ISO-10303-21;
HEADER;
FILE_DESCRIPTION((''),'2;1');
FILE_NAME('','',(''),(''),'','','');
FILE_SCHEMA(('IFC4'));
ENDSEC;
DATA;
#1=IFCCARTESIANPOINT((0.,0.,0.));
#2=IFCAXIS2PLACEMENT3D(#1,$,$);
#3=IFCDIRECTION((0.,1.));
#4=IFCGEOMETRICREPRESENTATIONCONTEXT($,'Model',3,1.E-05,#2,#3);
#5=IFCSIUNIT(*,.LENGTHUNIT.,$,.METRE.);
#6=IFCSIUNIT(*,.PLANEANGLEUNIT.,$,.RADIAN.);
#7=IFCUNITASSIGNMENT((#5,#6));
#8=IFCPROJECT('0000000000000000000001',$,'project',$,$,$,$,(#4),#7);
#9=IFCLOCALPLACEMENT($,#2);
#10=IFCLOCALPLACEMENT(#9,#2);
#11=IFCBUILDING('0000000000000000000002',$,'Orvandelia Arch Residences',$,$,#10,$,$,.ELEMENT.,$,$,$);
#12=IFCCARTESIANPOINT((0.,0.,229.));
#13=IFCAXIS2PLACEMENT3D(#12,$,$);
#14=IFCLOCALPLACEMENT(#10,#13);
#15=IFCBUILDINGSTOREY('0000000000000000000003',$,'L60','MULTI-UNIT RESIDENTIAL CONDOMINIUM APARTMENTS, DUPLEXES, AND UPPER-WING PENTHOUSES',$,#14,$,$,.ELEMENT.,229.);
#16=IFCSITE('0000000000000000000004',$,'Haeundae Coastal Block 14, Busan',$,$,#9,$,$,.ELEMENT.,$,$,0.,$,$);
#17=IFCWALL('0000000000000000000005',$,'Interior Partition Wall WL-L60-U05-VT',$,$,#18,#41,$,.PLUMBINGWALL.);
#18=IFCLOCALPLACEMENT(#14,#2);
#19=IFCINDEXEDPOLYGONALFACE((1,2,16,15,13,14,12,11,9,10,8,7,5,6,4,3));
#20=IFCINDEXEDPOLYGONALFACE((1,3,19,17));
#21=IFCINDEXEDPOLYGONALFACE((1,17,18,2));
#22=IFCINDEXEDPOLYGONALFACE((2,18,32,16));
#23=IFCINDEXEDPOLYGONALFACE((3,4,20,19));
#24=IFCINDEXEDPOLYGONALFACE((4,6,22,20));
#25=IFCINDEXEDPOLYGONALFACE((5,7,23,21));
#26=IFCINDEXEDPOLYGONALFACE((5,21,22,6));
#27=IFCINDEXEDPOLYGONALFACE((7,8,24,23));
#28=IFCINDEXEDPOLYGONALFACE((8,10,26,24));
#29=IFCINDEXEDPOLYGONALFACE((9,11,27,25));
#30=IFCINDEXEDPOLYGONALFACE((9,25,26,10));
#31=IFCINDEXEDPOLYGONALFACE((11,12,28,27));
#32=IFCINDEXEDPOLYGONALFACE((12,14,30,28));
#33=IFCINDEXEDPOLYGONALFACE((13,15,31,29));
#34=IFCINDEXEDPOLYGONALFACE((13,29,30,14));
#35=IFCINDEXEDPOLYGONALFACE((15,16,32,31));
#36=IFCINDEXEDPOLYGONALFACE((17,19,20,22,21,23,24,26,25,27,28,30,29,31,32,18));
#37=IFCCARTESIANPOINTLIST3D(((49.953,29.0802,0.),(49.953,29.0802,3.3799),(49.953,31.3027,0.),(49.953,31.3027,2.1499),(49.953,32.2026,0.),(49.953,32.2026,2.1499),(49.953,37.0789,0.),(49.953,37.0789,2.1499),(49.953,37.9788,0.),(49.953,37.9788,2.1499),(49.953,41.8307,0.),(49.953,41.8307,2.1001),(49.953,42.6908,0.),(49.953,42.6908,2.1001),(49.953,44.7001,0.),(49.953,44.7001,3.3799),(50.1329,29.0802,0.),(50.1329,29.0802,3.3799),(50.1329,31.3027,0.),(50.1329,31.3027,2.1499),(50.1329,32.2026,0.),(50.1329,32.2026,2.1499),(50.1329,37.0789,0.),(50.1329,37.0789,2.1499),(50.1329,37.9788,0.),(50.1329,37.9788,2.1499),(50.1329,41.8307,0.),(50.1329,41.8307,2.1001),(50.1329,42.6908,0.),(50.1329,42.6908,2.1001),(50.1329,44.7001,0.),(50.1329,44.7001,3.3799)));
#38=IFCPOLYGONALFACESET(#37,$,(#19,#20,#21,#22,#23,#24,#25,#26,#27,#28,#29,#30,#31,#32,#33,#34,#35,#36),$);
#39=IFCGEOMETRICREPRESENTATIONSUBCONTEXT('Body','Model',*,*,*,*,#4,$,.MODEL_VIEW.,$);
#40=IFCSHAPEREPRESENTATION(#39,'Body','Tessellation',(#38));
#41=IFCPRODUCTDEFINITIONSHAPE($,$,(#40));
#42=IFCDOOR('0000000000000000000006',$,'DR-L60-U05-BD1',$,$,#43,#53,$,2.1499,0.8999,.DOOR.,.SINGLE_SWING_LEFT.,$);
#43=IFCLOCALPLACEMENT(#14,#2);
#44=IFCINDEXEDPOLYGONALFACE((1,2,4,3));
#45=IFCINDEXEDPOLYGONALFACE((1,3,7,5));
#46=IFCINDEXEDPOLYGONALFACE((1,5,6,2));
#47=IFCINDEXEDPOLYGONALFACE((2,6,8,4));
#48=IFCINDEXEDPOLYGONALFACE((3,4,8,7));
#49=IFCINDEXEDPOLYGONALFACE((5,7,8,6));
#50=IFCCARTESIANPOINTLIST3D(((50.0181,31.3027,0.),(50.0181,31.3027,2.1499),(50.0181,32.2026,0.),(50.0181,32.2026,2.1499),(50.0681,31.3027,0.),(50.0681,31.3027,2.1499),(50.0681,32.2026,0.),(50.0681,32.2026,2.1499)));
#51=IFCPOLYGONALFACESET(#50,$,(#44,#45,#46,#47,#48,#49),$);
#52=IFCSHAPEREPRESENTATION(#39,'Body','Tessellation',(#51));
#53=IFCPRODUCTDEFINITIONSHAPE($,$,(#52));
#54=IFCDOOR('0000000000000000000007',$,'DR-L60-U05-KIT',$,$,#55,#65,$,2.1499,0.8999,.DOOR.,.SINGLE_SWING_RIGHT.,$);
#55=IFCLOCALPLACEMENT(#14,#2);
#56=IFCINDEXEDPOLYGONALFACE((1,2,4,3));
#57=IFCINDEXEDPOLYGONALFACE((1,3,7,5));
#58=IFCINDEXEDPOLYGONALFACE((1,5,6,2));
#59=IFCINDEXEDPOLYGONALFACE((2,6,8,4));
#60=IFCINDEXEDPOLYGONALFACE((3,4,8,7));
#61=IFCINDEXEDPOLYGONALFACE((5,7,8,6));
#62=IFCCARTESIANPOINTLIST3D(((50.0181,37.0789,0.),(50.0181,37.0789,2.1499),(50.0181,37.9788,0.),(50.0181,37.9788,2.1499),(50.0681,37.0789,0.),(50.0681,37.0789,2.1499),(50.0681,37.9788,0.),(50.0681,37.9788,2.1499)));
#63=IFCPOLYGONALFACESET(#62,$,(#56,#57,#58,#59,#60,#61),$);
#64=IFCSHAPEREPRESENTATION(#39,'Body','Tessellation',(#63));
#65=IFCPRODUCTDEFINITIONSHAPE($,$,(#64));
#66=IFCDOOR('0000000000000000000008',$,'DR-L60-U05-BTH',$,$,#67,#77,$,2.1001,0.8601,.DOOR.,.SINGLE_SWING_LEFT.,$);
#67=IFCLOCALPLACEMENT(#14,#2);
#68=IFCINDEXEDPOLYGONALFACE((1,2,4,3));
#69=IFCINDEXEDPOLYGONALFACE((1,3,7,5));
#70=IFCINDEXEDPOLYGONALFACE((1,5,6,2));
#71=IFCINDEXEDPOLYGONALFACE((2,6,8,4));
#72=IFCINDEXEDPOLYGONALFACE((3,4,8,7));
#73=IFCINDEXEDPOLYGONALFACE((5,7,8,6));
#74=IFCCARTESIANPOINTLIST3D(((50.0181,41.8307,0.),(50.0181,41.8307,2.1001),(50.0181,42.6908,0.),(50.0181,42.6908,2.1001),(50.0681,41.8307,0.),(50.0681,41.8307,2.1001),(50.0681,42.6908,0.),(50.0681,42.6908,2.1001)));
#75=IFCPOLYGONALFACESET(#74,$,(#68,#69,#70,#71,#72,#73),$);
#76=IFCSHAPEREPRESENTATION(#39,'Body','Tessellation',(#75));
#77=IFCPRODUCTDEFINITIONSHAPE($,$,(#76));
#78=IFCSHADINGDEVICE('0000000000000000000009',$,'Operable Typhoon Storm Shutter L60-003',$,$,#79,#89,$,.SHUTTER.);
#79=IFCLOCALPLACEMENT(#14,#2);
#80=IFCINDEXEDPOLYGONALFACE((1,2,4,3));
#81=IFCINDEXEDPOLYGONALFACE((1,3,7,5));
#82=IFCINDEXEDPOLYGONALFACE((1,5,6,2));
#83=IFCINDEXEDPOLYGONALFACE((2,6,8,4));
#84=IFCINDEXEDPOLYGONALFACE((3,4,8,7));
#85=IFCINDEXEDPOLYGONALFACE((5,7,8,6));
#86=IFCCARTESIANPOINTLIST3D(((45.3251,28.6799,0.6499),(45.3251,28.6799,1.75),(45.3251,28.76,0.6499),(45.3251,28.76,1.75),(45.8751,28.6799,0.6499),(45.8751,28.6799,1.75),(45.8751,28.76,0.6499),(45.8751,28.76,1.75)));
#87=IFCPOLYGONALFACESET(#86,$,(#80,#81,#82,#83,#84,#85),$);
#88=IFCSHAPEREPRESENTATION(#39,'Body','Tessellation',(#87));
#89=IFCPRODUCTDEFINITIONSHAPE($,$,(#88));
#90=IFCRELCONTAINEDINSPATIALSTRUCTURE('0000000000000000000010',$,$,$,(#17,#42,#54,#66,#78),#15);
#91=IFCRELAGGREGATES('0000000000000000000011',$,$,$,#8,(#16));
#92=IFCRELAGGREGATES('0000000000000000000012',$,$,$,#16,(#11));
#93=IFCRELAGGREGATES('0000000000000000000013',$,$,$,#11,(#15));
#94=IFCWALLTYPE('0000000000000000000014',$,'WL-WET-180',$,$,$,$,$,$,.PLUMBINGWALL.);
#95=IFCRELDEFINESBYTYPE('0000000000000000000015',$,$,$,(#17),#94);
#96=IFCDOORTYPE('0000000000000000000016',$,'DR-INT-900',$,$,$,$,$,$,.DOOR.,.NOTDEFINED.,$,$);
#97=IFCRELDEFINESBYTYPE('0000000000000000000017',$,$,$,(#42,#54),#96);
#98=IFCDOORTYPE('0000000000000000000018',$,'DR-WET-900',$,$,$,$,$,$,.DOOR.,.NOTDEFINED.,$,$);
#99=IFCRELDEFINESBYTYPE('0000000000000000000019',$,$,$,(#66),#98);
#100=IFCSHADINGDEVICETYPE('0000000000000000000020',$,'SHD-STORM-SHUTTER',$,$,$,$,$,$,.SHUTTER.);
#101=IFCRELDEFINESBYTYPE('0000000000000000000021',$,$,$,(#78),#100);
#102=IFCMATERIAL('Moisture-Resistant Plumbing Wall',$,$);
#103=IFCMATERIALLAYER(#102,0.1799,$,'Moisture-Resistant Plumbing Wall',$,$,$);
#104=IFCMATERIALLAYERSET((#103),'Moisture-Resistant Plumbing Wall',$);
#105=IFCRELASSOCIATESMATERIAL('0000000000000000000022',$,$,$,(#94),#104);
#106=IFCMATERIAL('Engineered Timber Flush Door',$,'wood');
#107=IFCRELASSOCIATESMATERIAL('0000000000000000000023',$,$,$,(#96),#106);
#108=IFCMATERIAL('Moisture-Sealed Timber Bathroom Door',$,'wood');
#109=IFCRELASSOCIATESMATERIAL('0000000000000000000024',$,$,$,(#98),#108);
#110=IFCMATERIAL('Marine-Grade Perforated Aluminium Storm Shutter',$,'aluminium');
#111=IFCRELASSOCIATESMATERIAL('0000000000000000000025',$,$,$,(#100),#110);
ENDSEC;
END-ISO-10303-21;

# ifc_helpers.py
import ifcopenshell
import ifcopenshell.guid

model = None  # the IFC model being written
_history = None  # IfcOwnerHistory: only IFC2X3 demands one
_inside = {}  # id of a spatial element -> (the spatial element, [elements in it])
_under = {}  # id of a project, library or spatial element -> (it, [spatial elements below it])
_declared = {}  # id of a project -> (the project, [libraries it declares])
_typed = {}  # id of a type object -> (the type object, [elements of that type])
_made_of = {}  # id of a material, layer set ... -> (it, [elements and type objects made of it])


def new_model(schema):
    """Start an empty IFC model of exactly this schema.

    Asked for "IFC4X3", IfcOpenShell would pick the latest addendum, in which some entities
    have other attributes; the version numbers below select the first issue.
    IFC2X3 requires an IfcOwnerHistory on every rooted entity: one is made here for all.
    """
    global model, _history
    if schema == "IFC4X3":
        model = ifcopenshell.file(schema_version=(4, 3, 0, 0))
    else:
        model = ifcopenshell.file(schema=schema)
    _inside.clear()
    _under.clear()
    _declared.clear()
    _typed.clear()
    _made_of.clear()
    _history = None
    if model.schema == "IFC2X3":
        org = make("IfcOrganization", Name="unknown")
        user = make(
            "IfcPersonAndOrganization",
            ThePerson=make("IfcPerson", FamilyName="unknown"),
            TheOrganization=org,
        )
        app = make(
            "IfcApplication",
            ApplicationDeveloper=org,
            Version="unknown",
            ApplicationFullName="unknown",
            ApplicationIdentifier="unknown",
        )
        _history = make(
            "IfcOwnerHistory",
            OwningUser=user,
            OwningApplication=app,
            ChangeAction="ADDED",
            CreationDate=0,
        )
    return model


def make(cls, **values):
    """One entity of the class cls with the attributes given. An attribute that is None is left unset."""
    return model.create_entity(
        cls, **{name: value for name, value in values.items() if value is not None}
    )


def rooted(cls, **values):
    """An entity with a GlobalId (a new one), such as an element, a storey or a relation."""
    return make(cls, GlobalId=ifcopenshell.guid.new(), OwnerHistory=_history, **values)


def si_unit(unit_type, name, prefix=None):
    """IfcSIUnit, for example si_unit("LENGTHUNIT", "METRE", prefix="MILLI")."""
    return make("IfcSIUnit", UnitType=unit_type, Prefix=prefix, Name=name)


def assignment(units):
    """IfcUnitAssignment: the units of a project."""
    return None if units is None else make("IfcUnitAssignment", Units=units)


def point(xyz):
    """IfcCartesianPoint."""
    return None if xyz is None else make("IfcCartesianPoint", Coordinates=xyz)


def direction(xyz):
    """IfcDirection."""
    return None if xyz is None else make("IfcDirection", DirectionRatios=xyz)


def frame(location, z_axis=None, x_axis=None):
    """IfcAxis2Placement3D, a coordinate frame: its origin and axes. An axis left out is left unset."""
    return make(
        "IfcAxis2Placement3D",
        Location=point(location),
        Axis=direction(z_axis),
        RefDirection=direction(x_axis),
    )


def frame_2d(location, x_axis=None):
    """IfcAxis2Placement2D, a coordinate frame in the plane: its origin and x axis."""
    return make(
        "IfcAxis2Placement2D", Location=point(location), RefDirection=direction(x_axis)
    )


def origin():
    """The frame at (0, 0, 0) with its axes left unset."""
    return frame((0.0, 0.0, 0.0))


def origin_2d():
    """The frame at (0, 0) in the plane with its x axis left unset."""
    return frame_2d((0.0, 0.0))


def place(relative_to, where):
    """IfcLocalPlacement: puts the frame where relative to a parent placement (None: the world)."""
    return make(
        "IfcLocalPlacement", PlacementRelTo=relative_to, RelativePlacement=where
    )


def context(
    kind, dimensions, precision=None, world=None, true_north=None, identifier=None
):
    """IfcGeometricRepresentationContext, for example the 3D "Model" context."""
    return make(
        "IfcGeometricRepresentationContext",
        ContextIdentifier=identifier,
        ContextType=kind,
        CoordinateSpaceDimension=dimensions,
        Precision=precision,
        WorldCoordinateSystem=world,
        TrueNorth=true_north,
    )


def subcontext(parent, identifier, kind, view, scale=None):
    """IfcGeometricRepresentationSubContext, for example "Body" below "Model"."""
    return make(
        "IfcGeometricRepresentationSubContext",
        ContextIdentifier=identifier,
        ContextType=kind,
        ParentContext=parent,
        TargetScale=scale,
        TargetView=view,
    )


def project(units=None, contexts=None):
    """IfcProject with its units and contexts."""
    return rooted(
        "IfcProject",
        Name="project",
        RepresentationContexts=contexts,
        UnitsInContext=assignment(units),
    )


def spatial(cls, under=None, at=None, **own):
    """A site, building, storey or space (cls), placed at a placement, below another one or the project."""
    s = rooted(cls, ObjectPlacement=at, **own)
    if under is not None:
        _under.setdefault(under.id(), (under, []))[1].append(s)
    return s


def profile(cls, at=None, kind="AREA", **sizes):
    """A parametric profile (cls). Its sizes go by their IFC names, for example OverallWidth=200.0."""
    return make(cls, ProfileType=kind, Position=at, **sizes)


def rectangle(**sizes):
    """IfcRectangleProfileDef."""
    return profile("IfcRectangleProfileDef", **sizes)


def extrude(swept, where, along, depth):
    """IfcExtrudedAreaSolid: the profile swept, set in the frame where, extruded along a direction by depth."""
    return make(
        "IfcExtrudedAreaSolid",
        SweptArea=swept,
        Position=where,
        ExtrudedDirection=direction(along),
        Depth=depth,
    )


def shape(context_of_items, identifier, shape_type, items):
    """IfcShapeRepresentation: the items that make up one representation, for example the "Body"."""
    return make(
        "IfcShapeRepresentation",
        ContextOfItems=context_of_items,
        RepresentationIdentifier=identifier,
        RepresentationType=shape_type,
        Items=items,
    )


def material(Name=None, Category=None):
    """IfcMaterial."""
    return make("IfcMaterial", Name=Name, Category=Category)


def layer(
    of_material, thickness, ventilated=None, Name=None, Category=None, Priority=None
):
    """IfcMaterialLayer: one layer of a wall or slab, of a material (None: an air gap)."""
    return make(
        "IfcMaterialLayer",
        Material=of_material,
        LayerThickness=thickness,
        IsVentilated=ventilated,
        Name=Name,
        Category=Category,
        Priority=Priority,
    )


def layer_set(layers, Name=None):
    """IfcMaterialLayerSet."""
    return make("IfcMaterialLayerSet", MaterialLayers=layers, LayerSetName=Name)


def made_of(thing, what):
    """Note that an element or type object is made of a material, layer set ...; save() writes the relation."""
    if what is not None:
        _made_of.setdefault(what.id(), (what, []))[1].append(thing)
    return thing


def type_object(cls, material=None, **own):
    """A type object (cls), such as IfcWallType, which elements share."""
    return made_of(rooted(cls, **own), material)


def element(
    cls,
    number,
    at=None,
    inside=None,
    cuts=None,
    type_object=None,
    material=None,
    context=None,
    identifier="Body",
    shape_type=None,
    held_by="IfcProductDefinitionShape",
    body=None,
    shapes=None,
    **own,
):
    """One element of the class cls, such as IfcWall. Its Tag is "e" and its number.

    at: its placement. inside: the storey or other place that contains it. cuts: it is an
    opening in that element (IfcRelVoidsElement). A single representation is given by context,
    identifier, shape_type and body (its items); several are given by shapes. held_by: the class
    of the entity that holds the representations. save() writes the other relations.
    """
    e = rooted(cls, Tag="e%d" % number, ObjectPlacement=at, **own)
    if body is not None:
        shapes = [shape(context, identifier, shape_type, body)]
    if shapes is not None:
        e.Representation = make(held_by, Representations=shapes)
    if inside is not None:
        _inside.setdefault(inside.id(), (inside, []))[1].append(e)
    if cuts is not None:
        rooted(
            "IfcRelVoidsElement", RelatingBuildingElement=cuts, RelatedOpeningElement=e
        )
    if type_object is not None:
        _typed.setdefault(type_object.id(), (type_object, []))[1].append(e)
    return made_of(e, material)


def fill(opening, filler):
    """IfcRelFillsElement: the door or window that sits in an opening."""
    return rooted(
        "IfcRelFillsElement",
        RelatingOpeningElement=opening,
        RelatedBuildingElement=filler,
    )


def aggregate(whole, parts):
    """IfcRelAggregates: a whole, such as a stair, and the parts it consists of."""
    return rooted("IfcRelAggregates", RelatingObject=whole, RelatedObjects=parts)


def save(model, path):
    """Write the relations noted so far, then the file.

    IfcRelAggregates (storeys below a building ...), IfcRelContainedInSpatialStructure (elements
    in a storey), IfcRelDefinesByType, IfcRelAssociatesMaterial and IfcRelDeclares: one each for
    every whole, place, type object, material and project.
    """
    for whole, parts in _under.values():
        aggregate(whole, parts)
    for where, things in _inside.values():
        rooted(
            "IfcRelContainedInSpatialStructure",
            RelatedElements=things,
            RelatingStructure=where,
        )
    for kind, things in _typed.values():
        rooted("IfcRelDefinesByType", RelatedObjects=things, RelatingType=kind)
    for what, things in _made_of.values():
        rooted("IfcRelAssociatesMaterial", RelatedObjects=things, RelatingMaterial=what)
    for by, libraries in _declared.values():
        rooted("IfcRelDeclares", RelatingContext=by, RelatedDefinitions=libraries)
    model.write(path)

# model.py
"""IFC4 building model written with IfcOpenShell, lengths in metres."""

from ifc_helpers import new_model, si_unit, direction, frame, frame_2d, origin, origin_2d, place, context, subcontext, project, spatial, rectangle, extrude, material, layer, layer_set, type_object, element, fill, save


model = new_model("IFC4")

# Units and contexts
model_context = context("Model", 3, precision=1e-05, world=origin(), true_north=direction((0.0, 1.0)))
body_context = subcontext(model_context, "Body", "Model", "MODEL_VIEW")
ifc_project = project(units=[si_unit("LENGTHUNIT", "METRE"), si_unit("PLANEANGLEUNIT", "RADIAN")], contexts=[model_context])

# Site, building, storey
site_placement = place(None, origin())
site = spatial("IfcSite", under=ifc_project, at=site_placement, Name="Haeundae Coastal Block 14, Busan", CompositionType="ELEMENT", RefElevation=0.0)
building_placement = place(site_placement, origin())
building = spatial("IfcBuilding", under=site, at=building_placement, Name="Orvandelia Arch Residences", CompositionType="ELEMENT")
storey_placement = place(building_placement, frame((0.0, 0.0, 229.0)))
storey = spatial("IfcBuildingStorey", under=building, at=storey_placement, Name="L60", Description="MULTI-UNIT RESIDENTIAL CONDOMINIUM APARTMENTS, DUPLEXES, AND UPPER-WING PENTHOUSES", CompositionType="ELEMENT", Elevation=229.0)

# Wall, openings, doors
ifc_material_1 = material(Name="Moisture-Resistant Plumbing Wall")
ifc_layer_1 = layer(ifc_material_1, 0.1799, Name="Moisture-Resistant Plumbing Wall")
ifc_layer_set_1 = layer_set([ifc_layer_1], Name="Moisture-Resistant Plumbing Wall")
wall_type_1 = type_object("IfcWallType", Name="WL-WET-180", PredefinedType="PLUMBINGWALL", material=ifc_layer_set_1)
wall_1_placement = place(storey_placement, frame((50.043, 29.0801, 0.0), z_axis=(0.0, 0.0, 1.0), x_axis=(0.0, 1.0, 0.0)))
wall_1 = element("IfcWall", 1, at=wall_1_placement, inside=storey, type_object=wall_type_1, Name="Interior Partition Wall WL-L60-U05-VT", PredefinedType="PLUMBINGWALL", context=body_context, shape_type="SweptSolid", body=[
    extrude(rectangle(XDim=15.6199, YDim=0.1799, at=frame_2d((7.8101, 0.0))), origin(), (0.0, 0.0, 1.0), 3.3799),
])
opening_1_placement = place(wall_1_placement, frame((2.2227, 0.0, 0.0)))
opening_1 = element("IfcOpeningElement", 2, at=opening_1_placement, cuts=wall_1, PredefinedType="OPENING", context=body_context, shape_type="SweptSolid", body=[
    extrude(rectangle(XDim=0.8999, YDim=2.1499, at=frame_2d((0.45, 1.075))), frame((0.0, 0.1001, 0.0), z_axis=(0.0, -1.0, 0.0), x_axis=(1.0, 0.0, 0.0)), (0.0, 0.0, 1.0), 0.2),
])
opening_2_placement = place(wall_1_placement, frame((7.9988, 0.0, 0.0)))
opening_2 = element("IfcOpeningElement", 3, at=opening_2_placement, cuts=wall_1, PredefinedType="OPENING", context=body_context, shape_type="SweptSolid", body=[
    extrude(rectangle(XDim=0.8999, YDim=2.1499, at=frame_2d((0.45, 1.075))), frame((0.0, 0.1001, 0.0), z_axis=(0.0, -1.0, 0.0), x_axis=(1.0, 0.0, 0.0)), (0.0, 0.0, 1.0), 0.2),
])
opening_3_placement = place(wall_1_placement, frame((12.7505, 0.0, 0.0)))
opening_3 = element("IfcOpeningElement", 4, at=opening_3_placement, cuts=wall_1, PredefinedType="OPENING", context=body_context, shape_type="SweptSolid", body=[
    extrude(rectangle(XDim=0.8601, YDim=2.1001, at=frame_2d((0.4302, 1.05))), frame((0.0, 0.1001, 0.0), z_axis=(0.0, -1.0, 0.0), x_axis=(1.0, 0.0, 0.0)), (0.0, 0.0, 1.0), 0.2),
])
ifc_material_2 = material(Name="Engineered Timber Flush Door", Category="wood")
door_type_1 = type_object("IfcDoorType", Name="DR-INT-900", OperationType="NOTDEFINED", PredefinedType="DOOR", material=ifc_material_2)
door_1_placement = place(opening_1_placement, origin())
door_1 = element("IfcDoor", 5, at=door_1_placement, inside=storey, type_object=door_type_1, Name="DR-L60-U05-BD1", OperationType="SINGLE_SWING_LEFT", OverallHeight=2.1499, OverallWidth=0.8999, PredefinedType="DOOR", context=body_context, shape_type="SweptSolid", body=[
    extrude(rectangle(XDim=0.8999, YDim=2.1499, at=frame_2d((0.45, 1.075))), frame((0.0, 0.0249, 0.0), z_axis=(0.0, -1.0, 0.0), x_axis=(1.0, 0.0, 0.0)), (0.0, 0.0, 1.0), 0.05),
])
fill(opening_1, door_1)
door_2_placement = place(opening_2_placement, origin())
door_2 = element("IfcDoor", 6, at=door_2_placement, inside=storey, type_object=door_type_1, Name="DR-L60-U05-KIT", OperationType="SINGLE_SWING_RIGHT", OverallHeight=2.1499, OverallWidth=0.8999, PredefinedType="DOOR", context=body_context, shape_type="SweptSolid", body=[
    extrude(rectangle(XDim=0.8999, YDim=2.1499, at=frame_2d((0.45, 1.075))), frame((0.0, 0.0249, 0.0), z_axis=(0.0, -1.0, 0.0), x_axis=(1.0, 0.0, 0.0)), (0.0, 0.0, 1.0), 0.05),
])
fill(opening_2, door_2)
ifc_material_3 = material(Name="Moisture-Sealed Timber Bathroom Door", Category="wood")
door_type_2 = type_object("IfcDoorType", Name="DR-WET-900", OperationType="NOTDEFINED", PredefinedType="DOOR", material=ifc_material_3)
door_3_placement = place(opening_3_placement, origin())
door_3 = element("IfcDoor", 7, at=door_3_placement, inside=storey, type_object=door_type_2, Name="DR-L60-U05-BTH", OperationType="SINGLE_SWING_LEFT", OverallHeight=2.1001, OverallWidth=0.8601, PredefinedType="DOOR", context=body_context, shape_type="SweptSolid", body=[
    extrude(rectangle(XDim=0.8601, YDim=2.1001, at=frame_2d((0.4302, 1.05))), frame((0.0, 0.0249, 0.0), z_axis=(0.0, -1.0, 0.0), x_axis=(1.0, 0.0, 0.0)), (0.0, 0.0, 1.0), 0.05),
])
fill(opening_3, door_3)

# Shading device
ifc_material_4 = material(Name="Marine-Grade Perforated Aluminium Storm Shutter", Category="aluminium")
shading_device_type = type_object("IfcShadingDeviceType", Name="SHD-STORM-SHUTTER", PredefinedType="SHUTTER", material=ifc_material_4)
shading_device_placement = place(storey_placement, frame((45.6001, 28.72, 0.6499), z_axis=(0.0, 0.0, 1.0), x_axis=(-1.0, 0.0, 0.0)))
element("IfcShadingDevice", 8, at=shading_device_placement, inside=storey, type_object=shading_device_type, Name="Operable Typhoon Storm Shutter L60-003", PredefinedType="SHUTTER", context=body_context, shape_type="SweptSolid", body=[
    extrude(rectangle(XDim=0.55, YDim=0.0801, at=origin_2d()), origin(), (0.0, 0.0, 1.0), 1.1001),
])

save(model, "model.ifc")
